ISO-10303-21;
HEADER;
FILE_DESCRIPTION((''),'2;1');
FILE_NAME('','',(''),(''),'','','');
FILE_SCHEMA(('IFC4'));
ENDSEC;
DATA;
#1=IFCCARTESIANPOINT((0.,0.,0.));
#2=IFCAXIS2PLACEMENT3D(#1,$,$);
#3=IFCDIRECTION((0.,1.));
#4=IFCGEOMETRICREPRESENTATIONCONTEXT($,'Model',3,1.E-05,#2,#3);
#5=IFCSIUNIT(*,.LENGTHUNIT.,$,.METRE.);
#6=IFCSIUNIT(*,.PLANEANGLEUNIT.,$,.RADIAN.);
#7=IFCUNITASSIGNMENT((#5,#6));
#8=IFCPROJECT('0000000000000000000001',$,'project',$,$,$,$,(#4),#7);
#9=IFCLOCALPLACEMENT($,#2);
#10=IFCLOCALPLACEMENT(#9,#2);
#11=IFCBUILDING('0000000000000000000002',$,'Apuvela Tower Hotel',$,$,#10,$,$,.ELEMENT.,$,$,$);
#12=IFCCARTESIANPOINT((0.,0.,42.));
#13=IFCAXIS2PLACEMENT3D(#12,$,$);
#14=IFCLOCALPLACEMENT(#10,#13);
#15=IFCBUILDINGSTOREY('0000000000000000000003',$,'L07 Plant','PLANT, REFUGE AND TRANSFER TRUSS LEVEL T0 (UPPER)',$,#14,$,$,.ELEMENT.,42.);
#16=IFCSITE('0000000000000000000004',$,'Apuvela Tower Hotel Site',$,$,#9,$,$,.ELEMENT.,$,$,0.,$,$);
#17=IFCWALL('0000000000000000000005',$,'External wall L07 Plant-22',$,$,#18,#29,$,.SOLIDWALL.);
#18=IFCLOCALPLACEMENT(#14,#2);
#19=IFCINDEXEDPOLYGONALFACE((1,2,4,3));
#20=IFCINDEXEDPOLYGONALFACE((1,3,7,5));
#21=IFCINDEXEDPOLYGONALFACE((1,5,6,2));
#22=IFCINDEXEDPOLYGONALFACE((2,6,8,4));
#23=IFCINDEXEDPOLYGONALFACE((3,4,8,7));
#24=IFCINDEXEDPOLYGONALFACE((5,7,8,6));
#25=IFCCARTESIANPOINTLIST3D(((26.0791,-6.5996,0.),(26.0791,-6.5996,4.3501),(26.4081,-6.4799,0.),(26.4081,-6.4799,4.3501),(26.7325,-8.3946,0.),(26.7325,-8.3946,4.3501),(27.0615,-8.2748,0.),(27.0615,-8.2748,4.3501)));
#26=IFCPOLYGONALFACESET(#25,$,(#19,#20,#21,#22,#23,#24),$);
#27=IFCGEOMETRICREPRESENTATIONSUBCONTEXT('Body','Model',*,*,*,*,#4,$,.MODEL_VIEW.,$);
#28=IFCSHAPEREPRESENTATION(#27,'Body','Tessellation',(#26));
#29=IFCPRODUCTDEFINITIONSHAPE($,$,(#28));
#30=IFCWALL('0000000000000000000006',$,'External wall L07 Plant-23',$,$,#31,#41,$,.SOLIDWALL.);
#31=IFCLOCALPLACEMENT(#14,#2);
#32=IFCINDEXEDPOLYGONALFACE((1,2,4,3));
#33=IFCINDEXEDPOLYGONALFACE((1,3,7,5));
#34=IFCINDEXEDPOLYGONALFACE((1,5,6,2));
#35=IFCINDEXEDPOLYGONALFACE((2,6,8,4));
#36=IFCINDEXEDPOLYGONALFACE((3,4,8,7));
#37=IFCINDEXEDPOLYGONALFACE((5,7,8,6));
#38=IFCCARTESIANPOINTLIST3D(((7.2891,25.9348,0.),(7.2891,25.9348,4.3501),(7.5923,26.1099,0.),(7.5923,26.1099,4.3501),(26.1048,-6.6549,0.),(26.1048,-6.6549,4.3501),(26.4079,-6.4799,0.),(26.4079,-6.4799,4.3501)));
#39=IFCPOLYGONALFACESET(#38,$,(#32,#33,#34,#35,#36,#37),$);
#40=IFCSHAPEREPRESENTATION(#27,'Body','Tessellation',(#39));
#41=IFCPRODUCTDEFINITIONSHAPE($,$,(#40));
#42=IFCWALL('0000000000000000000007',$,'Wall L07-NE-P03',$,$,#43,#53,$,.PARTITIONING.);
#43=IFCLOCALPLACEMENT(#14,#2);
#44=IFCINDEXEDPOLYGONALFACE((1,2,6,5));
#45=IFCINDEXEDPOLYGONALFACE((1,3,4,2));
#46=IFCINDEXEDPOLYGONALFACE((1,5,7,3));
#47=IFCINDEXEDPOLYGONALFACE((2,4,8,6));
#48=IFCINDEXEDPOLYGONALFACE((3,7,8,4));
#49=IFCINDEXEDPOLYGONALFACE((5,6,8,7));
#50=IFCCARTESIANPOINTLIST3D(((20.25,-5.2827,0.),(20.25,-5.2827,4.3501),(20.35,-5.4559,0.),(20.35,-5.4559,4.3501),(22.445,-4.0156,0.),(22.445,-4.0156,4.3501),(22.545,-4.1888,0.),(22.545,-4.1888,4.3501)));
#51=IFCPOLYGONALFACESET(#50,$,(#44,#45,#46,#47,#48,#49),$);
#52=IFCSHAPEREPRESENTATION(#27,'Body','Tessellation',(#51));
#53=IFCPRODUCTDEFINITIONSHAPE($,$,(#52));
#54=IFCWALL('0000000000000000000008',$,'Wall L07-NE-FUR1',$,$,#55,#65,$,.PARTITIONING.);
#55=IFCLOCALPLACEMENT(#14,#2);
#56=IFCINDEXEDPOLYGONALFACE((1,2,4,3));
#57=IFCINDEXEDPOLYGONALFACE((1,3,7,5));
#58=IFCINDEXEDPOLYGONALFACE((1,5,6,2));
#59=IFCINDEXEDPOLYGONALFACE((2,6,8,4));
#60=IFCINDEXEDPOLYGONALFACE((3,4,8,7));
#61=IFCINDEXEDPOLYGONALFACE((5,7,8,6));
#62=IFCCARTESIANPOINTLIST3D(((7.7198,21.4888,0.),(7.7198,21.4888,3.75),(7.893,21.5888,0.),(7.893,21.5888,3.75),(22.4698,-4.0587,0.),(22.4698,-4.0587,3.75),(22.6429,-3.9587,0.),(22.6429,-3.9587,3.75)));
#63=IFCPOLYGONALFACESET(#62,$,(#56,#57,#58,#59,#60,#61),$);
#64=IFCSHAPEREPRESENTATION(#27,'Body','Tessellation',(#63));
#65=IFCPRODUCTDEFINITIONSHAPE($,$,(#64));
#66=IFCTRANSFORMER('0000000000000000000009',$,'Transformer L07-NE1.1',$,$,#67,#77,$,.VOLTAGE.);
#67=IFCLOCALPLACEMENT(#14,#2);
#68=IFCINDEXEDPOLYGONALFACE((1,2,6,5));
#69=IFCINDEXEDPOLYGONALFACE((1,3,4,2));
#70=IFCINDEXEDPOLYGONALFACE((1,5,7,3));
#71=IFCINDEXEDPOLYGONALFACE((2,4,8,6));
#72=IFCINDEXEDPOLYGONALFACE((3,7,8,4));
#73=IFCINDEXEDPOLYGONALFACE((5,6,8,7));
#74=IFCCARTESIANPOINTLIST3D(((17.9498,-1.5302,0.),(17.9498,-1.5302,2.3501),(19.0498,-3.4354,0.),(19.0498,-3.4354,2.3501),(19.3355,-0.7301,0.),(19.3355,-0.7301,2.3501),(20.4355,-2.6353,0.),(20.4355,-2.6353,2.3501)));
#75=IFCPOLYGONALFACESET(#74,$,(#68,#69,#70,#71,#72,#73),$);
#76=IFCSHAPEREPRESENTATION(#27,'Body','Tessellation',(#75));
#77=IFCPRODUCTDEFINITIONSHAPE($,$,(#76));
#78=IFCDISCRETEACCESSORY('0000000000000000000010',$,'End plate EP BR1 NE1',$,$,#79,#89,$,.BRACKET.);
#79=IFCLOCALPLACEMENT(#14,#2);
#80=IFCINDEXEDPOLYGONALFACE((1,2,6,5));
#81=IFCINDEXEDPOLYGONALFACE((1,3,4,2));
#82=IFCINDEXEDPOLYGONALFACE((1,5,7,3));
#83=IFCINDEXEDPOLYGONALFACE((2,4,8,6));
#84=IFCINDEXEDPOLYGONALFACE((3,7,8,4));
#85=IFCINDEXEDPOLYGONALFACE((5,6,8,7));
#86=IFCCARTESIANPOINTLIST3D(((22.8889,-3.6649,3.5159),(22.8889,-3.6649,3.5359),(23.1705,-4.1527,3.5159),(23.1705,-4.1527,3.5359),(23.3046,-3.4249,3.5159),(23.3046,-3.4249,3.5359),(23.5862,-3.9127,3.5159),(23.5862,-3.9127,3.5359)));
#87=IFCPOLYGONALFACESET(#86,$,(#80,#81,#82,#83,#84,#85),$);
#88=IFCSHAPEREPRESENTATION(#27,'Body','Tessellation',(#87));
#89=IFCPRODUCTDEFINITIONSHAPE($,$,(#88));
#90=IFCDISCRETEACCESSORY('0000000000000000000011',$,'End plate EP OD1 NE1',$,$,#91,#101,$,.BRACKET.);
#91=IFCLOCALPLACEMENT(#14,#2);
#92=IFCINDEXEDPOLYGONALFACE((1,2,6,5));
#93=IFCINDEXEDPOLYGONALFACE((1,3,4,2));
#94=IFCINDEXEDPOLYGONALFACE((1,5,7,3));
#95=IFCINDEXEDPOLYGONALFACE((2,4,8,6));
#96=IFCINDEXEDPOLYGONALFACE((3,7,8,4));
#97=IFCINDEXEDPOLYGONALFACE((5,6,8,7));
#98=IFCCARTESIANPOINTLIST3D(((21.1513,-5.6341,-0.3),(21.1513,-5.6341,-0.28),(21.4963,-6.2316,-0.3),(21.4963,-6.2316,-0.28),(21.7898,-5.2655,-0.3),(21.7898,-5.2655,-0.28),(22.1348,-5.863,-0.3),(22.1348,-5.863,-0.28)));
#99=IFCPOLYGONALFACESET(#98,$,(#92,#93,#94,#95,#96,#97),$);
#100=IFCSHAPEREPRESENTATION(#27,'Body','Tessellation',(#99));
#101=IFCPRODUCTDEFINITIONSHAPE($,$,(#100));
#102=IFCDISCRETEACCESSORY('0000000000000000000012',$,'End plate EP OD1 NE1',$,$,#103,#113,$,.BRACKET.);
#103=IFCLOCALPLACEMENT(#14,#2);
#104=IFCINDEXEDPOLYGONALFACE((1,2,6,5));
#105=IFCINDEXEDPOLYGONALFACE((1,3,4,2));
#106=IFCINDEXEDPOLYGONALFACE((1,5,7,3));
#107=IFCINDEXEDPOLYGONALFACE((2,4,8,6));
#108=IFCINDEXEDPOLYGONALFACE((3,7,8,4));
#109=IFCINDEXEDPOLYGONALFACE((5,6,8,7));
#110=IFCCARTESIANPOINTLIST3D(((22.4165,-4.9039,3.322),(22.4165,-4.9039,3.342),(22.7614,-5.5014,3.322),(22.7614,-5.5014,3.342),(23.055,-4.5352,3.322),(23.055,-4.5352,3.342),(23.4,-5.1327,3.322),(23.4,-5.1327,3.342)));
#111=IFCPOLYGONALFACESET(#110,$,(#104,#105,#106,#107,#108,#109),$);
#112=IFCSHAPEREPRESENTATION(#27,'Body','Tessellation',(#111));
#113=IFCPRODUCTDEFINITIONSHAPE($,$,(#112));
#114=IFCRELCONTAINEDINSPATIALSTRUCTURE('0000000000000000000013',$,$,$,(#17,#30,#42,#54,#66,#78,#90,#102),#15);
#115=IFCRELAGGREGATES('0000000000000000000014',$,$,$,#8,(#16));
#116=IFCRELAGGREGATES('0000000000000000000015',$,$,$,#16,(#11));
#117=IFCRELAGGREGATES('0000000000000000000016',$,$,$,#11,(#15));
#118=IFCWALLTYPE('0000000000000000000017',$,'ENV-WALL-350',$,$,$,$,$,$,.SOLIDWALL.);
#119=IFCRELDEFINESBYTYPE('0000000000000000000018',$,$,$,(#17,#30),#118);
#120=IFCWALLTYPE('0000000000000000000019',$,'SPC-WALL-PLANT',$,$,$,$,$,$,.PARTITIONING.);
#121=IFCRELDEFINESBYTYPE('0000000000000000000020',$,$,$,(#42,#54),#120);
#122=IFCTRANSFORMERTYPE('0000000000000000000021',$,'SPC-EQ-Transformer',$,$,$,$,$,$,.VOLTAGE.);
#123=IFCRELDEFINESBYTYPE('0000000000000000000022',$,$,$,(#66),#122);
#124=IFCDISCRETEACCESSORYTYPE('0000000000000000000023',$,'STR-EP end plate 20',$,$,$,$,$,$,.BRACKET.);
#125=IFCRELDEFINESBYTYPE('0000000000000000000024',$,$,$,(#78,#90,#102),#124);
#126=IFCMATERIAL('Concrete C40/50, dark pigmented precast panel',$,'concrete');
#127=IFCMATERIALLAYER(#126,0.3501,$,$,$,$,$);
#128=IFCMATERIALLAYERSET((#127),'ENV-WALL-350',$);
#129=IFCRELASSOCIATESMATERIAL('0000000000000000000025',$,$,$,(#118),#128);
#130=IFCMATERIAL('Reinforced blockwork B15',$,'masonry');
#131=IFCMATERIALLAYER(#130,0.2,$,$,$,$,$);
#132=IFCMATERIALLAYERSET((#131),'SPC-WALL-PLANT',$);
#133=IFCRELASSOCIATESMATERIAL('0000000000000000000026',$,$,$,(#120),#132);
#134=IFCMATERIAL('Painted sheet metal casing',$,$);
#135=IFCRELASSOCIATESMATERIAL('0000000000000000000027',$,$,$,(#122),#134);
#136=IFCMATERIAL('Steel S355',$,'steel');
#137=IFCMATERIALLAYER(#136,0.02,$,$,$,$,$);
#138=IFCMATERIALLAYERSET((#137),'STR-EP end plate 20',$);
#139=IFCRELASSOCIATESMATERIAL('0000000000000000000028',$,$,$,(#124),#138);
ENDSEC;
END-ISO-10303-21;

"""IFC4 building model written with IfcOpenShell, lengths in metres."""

from ifc_helpers import new_model, si_unit, direction, frame, frame_2d, origin, origin_2d, place, context, subcontext, project, spatial, rectangle, extrude, material, layer, layer_set, type_object, element, save


model = new_model("IFC4")

# Units and contexts
model_context = context("Model", 3, precision=1e-05, world=origin(), true_north=direction((0.0, 1.0)))
body_context = subcontext(model_context, "Body", "Model", "MODEL_VIEW")
ifc_project = project(units=[si_unit("LENGTHUNIT", "METRE"), si_unit("PLANEANGLEUNIT", "RADIAN")], contexts=[model_context])

# Site, building, storey
site_placement = place(None, origin())
site = spatial("IfcSite", under=ifc_project, at=site_placement, Name="Apuvela Tower Hotel Site", CompositionType="ELEMENT", RefElevation=0.0)
building_placement = place(site_placement, origin())
building = spatial("IfcBuilding", under=site, at=building_placement, Name="Apuvela Tower Hotel", CompositionType="ELEMENT")
storey_placement = place(building_placement, frame((0.0, 0.0, 42.0)))
storey = spatial("IfcBuildingStorey", under=building, at=storey_placement, Name="L07 Plant", Description="PLANT, REFUGE AND TRANSFER TRUSS LEVEL T0 (UPPER)", CompositionType="ELEMENT", Elevation=42.0)

# Shared definitions
ifc_material_1 = material(Name="Steel S355", Category="steel")

# Walls
ifc_material_2 = material(Name="Concrete C40/50, dark pigmented precast panel", Category="concrete")
ifc_layer_1 = layer(ifc_material_2, 0.3501)
ifc_layer_set_1 = layer_set([ifc_layer_1], Name="ENV-WALL-350")
wall_type_1 = type_object("IfcWallType", Name="ENV-WALL-350", PredefinedType="SOLIDWALL", material=ifc_layer_set_1)
for number, where, z_axis, x_axis, name in (
    (1, (26.897, -8.3347, 0.0), (0.0, 0.0, 1.0), (-0.34203, 0.939689, 0.0), "External wall L07 Plant-22"),
):
    element("IfcWall", number, at=place(storey_placement, frame(where, z_axis=z_axis, x_axis=x_axis)), inside=storey, type_object=wall_type_1, Name=name, PredefinedType="SOLIDWALL", context=body_context, shape_type="SweptSolid", body=[
        extrude(rectangle(XDim=1.9102, YDim=0.3501, at=frame_2d((0.9551, 0.0))), origin(), (0.0, 0.0, 1.0), 4.3501),
    ])
wall_1_placement = place(storey_placement, frame((26.2563, -6.5674, 0.0), z_axis=(0.0, 0.0, 1.0), x_axis=(-0.499998, 0.866026, 0.0)))
element("IfcWall", 2, at=wall_1_placement, inside=storey, type_object=wall_type_1, Name="External wall L07 Plant-23", PredefinedType="SOLIDWALL", context=body_context, shape_type="SweptSolid", body=[
    extrude(rectangle(XDim=37.6313, YDim=0.3501, at=frame_2d((18.8157, 0.0))), origin(), (0.0, 0.0, 1.0), 4.3501),
])
ifc_material_3 = material(Name="Reinforced blockwork B15", Category="masonry")
ifc_layer_2 = layer(ifc_material_3, 0.2)
ifc_layer_set_2 = layer_set([ifc_layer_2], Name="SPC-WALL-PLANT")
wall_type_2 = type_object("IfcWallType", Name="SPC-WALL-PLANT", PredefinedType="PARTITIONING", material=ifc_layer_set_2)
wall_2_placement = place(storey_placement, frame((22.4949, -4.1023, 0.0), z_axis=(0.0, 0.0, 1.0), x_axis=(-0.866065, -0.499931, 0.0)))
element("IfcWall", 3, at=wall_2_placement, inside=storey, type_object=wall_type_2, Name="Wall L07-NE-P03", PredefinedType="PARTITIONING", context=body_context, shape_type="SweptSolid", body=[
    extrude(rectangle(XDim=2.5344, YDim=0.2, at=frame_2d((1.2671, 0.0))), origin(), (0.0, 0.0, 1.0), 4.3501),
])
wall_3_placement = place(storey_placement, frame((22.5564, -4.0088, 0.0), z_axis=(0.0, 0.0, 1.0), x_axis=(-0.500002, 0.866024, 0.0)))
element("IfcWall", 4, at=wall_3_placement, inside=storey, type_object=wall_type_2, Name="Wall L07-NE-FUR1", PredefinedType="PARTITIONING", context=body_context, shape_type="SweptSolid", body=[
    extrude(rectangle(XDim=29.4998, YDim=0.2, at=frame_2d((14.75, 0.0))), origin(), (0.0, 0.0, 1.0), 3.75),
])

# Transformer
ifc_material_4 = material(Name="Painted sheet metal casing")
transformer_type = type_object("IfcTransformerType", Name="SPC-EQ-Transformer", PredefinedType="VOLTAGE", material=ifc_material_4)
transformer_placement = place(storey_placement, frame((19.1926, -2.0828, 0.0), z_axis=(0.0, 0.0, 1.0), x_axis=(-0.5, 0.866025, 0.0)))
element("IfcTransformer", 5, at=transformer_placement, inside=storey, type_object=transformer_type, Name="Transformer L07-NE1.1", PredefinedType="VOLTAGE", context=body_context, shape_type="SweptSolid", body=[
    extrude(rectangle(XDim=2.2, YDim=1.6001, at=origin_2d()), origin(), (0.0, 0.0, 1.0), 2.3501),
])

# Discrete accessories
ifc_layer_3 = layer(ifc_material_1, 0.02)
ifc_layer_set_3 = layer_set([ifc_layer_3], Name="STR-EP end plate 20")
discrete_accessory_type = type_object("IfcDiscreteAccessoryType", Name="STR-EP end plate 20", PredefinedType="BRACKET", material=ifc_layer_set_3)
discrete_accessory_placement = place(storey_placement, frame((23.2375, -3.7888, 3.5159), z_axis=(0.0, 0.0, 1.0), x_axis=(0.5, -0.866025, 0.0)))
element("IfcDiscreteAccessory", 6, at=discrete_accessory_placement, inside=storey, type_object=discrete_accessory_type, Name="End plate EP BR1 NE1", PredefinedType="BRACKET", context=body_context, shape_type="SweptSolid", body=[
    extrude(rectangle(XDim=0.5632, YDim=0.48, at=origin_2d()), origin(), (0.0, 0.0, 1.0), 0.02),
])
for number, where, z_axis, x_axis, name in (
    (7, (21.6431, -5.7485, -0.3), (0.0, 0.0, 1.0), (0.866025, 0.5, 0.0), "End plate EP OD1 NE1"),
    (8, (22.9082, -5.0183, 3.322), (0.0, 0.0, 1.0), (0.866025, 0.5, 0.0), "End plate EP OD1 NE1"),
):
    element("IfcDiscreteAccessory", number, at=place(storey_placement, frame(where, z_axis=z_axis, x_axis=x_axis)), inside=storey, type_object=discrete_accessory_type, Name=name, PredefinedType="BRACKET", context=body_context, shape_type="SweptSolid", body=[
        extrude(rectangle(XDim=0.7373, YDim=0.6899, at=origin_2d()), origin(), (0.0, 0.0, 1.0), 0.02),
    ])

save(model, "model.ifc")
